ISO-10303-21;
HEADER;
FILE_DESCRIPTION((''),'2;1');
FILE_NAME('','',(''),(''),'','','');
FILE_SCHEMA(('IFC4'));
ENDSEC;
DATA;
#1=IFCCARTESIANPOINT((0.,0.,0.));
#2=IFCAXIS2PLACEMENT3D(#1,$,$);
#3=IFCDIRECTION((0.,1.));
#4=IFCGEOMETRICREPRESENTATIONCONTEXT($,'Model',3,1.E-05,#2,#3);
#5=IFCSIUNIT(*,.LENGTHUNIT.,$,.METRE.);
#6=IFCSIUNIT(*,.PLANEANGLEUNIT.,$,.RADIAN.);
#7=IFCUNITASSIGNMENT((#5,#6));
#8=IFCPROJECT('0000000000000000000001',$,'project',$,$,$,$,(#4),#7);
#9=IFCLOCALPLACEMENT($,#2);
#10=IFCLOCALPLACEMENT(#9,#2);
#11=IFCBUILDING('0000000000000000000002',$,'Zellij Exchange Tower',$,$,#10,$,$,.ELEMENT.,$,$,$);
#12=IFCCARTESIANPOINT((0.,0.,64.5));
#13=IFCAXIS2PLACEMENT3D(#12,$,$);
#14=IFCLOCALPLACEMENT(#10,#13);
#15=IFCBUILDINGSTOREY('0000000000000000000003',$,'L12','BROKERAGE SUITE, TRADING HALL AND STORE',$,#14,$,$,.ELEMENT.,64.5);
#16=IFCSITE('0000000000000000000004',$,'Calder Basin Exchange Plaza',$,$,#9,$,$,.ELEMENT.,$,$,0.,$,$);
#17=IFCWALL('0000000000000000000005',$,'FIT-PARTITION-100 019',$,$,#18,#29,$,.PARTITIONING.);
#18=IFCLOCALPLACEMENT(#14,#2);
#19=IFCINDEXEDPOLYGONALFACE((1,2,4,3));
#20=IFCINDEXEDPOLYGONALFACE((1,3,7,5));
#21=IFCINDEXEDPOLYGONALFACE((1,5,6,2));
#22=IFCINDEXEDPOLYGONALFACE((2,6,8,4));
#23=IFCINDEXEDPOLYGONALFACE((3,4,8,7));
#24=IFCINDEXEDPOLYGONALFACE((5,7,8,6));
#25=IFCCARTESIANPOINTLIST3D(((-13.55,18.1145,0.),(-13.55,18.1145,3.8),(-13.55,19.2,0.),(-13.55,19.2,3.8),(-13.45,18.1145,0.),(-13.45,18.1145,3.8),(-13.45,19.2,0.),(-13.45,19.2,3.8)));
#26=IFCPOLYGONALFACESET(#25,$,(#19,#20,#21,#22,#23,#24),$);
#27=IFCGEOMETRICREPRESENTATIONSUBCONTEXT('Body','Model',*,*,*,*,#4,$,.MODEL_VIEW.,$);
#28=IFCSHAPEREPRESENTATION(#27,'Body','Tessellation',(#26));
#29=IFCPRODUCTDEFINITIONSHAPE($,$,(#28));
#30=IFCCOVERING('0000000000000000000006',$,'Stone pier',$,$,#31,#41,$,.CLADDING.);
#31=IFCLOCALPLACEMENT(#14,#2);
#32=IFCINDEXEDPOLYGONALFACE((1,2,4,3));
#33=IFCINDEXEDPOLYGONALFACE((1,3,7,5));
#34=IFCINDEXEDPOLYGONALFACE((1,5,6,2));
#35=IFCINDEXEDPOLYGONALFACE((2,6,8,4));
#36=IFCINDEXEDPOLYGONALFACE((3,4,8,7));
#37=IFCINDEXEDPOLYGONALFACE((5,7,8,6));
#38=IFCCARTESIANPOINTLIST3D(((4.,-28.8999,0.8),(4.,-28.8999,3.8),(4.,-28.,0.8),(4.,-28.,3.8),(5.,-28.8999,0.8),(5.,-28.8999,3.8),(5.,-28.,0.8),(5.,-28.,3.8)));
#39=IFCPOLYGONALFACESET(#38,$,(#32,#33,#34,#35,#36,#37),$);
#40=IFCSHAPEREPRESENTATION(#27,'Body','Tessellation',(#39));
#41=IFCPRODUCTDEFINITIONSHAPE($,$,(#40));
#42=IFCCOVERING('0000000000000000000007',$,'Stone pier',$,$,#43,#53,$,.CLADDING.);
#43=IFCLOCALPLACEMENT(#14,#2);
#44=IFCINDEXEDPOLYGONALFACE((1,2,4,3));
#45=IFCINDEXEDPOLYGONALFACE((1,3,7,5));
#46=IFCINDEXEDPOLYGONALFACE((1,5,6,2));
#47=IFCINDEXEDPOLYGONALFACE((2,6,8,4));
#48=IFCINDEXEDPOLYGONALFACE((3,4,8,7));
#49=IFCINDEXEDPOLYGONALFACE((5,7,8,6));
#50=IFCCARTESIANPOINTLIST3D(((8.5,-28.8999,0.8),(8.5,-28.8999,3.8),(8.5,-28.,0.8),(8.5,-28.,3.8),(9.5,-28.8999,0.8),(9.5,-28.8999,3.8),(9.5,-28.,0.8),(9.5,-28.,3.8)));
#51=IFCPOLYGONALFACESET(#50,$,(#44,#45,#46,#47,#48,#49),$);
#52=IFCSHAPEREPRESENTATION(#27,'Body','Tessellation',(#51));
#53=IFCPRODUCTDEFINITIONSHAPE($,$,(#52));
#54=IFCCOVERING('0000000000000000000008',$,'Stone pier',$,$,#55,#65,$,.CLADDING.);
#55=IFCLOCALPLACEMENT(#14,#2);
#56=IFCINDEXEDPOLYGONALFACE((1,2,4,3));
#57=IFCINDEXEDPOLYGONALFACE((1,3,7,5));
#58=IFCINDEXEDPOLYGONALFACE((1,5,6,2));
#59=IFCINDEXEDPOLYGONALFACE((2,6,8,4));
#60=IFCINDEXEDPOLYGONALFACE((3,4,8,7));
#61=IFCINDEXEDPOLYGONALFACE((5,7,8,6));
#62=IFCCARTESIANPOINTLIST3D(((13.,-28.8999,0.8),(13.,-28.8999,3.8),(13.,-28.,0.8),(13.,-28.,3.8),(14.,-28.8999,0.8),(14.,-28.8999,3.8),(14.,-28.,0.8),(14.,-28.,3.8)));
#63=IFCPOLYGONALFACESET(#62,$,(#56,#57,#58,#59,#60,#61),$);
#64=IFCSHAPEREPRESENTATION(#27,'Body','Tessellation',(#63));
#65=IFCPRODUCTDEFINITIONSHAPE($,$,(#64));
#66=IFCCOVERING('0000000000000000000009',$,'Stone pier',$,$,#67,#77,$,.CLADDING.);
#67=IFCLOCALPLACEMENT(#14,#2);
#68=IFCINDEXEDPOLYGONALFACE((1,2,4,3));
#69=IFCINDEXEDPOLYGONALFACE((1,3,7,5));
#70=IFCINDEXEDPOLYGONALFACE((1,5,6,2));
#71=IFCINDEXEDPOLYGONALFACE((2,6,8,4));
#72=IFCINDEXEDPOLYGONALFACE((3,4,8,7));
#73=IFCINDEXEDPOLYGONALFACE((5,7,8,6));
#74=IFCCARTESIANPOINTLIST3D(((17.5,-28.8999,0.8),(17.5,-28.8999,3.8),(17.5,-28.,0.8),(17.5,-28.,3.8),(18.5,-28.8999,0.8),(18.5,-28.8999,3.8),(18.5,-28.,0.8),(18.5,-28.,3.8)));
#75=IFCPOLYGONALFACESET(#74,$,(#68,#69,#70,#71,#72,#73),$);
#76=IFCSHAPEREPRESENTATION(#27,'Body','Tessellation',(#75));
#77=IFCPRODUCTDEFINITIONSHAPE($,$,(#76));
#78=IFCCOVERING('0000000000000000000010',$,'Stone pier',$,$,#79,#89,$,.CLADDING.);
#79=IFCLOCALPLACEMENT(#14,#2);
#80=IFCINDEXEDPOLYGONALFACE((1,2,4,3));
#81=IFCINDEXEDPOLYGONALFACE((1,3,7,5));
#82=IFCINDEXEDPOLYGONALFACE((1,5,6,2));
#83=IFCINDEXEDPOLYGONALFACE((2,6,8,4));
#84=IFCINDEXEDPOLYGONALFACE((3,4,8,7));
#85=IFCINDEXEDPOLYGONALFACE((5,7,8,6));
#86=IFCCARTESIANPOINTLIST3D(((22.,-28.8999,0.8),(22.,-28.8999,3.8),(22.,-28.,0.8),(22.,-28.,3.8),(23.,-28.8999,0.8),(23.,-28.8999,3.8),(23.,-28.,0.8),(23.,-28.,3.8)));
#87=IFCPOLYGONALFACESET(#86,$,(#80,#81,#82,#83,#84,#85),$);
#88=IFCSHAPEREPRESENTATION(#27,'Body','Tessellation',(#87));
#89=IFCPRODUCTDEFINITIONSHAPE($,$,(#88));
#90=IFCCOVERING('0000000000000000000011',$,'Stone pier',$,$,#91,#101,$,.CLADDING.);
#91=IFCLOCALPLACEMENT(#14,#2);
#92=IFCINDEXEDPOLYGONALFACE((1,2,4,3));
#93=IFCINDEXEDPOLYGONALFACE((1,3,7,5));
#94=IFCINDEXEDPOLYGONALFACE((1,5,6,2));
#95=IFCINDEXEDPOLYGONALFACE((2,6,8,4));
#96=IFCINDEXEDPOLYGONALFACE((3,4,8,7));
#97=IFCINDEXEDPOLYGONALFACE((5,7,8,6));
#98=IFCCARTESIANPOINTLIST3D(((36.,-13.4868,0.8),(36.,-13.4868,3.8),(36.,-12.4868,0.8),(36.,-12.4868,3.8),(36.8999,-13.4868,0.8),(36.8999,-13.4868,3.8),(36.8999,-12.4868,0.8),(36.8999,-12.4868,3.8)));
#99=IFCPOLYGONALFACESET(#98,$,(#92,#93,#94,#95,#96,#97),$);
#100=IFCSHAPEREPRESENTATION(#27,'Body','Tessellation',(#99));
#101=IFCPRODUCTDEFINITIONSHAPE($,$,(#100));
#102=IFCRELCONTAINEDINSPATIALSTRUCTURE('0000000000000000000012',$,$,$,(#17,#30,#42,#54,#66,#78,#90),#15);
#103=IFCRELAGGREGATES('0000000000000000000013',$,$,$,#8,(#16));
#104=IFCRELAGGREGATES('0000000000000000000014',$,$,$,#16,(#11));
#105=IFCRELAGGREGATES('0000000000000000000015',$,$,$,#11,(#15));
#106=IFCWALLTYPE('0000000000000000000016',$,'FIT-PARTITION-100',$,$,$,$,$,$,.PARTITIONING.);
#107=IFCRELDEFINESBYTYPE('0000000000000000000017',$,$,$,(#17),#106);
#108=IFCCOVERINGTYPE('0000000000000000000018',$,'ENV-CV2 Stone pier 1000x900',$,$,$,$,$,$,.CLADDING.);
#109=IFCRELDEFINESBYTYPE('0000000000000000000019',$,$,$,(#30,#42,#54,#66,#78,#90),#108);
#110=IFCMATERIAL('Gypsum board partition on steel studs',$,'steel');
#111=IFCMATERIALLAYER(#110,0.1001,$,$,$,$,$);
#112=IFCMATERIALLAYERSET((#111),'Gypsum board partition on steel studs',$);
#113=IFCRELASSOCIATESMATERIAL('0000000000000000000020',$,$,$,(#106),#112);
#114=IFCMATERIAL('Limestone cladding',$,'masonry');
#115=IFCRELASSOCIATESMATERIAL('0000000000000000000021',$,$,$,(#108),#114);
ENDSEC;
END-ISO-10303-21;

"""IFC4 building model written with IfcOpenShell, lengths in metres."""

from ifc_helpers import new_model, si_unit, direction, frame, frame_2d, origin, place, context, subcontext, project, spatial, polyline, rectangle, outline, extrude, material, layer, layer_set, type_object, element, save


model = new_model("IFC4")

# Units and contexts
model_context = context("Model", 3, precision=1e-05, world=origin(), true_north=direction((0.0, 1.0)))
body_context = subcontext(model_context, "Body", "Model", "MODEL_VIEW")
ifc_project = project(units=[si_unit("LENGTHUNIT", "METRE"), si_unit("PLANEANGLEUNIT", "RADIAN")], contexts=[model_context])

# Site, building, storey
site_placement = place(None, origin())
site = spatial("IfcSite", under=ifc_project, at=site_placement, Name="Calder Basin Exchange Plaza", CompositionType="ELEMENT", RefElevation=0.0)
building_placement = place(site_placement, origin())
building = spatial("IfcBuilding", under=site, at=building_placement, Name="Zellij Exchange Tower", CompositionType="ELEMENT")
storey_placement = place(building_placement, frame((0.0, 0.0, 64.5)))
storey = spatial("IfcBuildingStorey", under=building, at=storey_placement, Name="L12", Description="BROKERAGE SUITE, TRADING HALL AND STORE", CompositionType="ELEMENT", Elevation=64.5)

# Wall
ifc_material_1 = material(Name="Gypsum board partition on steel studs", Category="steel")
ifc_layer = layer(ifc_material_1, 0.1001)
ifc_layer_set = layer_set([ifc_layer], Name="Gypsum board partition on steel studs")
wall_type = type_object("IfcWallType", Name="FIT-PARTITION-100", PredefinedType="PARTITIONING", material=ifc_layer_set)
wall_1_placement = place(storey_placement, frame((-13.5, 18.1145, 0.0), z_axis=(0.0, 0.0, 1.0), x_axis=(0.0, 1.0, 0.0)))
element("IfcWall", 1, at=wall_1_placement, inside=storey, type_object=wall_type, Name="FIT-PARTITION-100 019", PredefinedType="PARTITIONING", context=body_context, shape_type="SweptSolid", body=[
    extrude(rectangle(XDim=1.0854, YDim=0.1001, at=frame_2d((0.5427, 0.0))), origin(), (0.0, 0.0, 1.0), 3.8),
])

# Coverings
ifc_material_2 = material(Name="Limestone cladding", Category="masonry")
covering_type = type_object("IfcCoveringType", Name="ENV-CV2 Stone pier 1000x900", PredefinedType="CLADDING", material=ifc_material_2)
covering_1_placement = place(storey_placement, frame((0.0, 0.0, 0.8)))
element("IfcCovering", 2, at=covering_1_placement, inside=storey, type_object=covering_type, Name="Stone pier", PredefinedType="CLADDING", context=body_context, shape_type="SweptSolid", body=[
    extrude(outline(polyline([(4.0, -28.0), (5.0, -28.0), (5.0, -28.8999), (4.0, -28.8999), (4.0, -28.0)])), origin(), (0.0, 0.0, 1.0), 3.0),
])
covering_2_placement = place(storey_placement, frame((0.0, 0.0, 0.8)))
element("IfcCovering", 3, at=covering_2_placement, inside=storey, type_object=covering_type, Name="Stone pier", PredefinedType="CLADDING", context=body_context, shape_type="SweptSolid", body=[
    extrude(outline(polyline([(8.5, -28.0), (9.5, -28.0), (9.5, -28.8999), (8.5, -28.8999), (8.5, -28.0)])), origin(), (0.0, 0.0, 1.0), 3.0),
])
covering_3_placement = place(storey_placement, frame((0.0, 0.0, 0.8)))
element("IfcCovering", 4, at=covering_3_placement, inside=storey, type_object=covering_type, Name="Stone pier", PredefinedType="CLADDING", context=body_context, shape_type="SweptSolid", body=[
    extrude(outline(polyline([(13.0, -28.0), (14.0, -28.0), (14.0, -28.8999), (13.0, -28.8999), (13.0, -28.0)])), origin(), (0.0, 0.0, 1.0), 3.0),
])
covering_4_placement = place(storey_placement, frame((0.0, 0.0, 0.8)))
element("IfcCovering", 5, at=covering_4_placement, inside=storey, type_object=covering_type, Name="Stone pier", PredefinedType="CLADDING", context=body_context, shape_type="SweptSolid", body=[
    extrude(outline(polyline([(17.5, -28.0), (18.5, -28.0), (18.5, -28.8999), (17.5, -28.8999), (17.5, -28.0)])), origin(), (0.0, 0.0, 1.0), 3.0),
])
covering_5_placement = place(storey_placement, frame((0.0, 0.0, 0.8)))
element("IfcCovering", 6, at=covering_5_placement, inside=storey, type_object=covering_type, Name="Stone pier", PredefinedType="CLADDING", context=body_context, shape_type="SweptSolid", body=[
    extrude(outline(polyline([(22.0, -28.0), (23.0, -28.0), (23.0, -28.8999), (22.0, -28.8999), (22.0, -28.0)])), origin(), (0.0, 0.0, 1.0), 3.0),
])
covering_6_placement = place(storey_placement, frame((0.0, 0.0, 0.8)))
element("IfcCovering", 7, at=covering_6_placement, inside=storey, type_object=covering_type, Name="Stone pier", PredefinedType="CLADDING", context=body_context, shape_type="SweptSolid", body=[
    extrude(outline(polyline([(36.0, -13.4868), (36.0, -12.4868), (36.8999, -12.4868), (36.8999, -13.4868), (36.0, -13.4868)])), origin(), (0.0, 0.0, 1.0), 3.0),
])

save(model, "model.ifc")
